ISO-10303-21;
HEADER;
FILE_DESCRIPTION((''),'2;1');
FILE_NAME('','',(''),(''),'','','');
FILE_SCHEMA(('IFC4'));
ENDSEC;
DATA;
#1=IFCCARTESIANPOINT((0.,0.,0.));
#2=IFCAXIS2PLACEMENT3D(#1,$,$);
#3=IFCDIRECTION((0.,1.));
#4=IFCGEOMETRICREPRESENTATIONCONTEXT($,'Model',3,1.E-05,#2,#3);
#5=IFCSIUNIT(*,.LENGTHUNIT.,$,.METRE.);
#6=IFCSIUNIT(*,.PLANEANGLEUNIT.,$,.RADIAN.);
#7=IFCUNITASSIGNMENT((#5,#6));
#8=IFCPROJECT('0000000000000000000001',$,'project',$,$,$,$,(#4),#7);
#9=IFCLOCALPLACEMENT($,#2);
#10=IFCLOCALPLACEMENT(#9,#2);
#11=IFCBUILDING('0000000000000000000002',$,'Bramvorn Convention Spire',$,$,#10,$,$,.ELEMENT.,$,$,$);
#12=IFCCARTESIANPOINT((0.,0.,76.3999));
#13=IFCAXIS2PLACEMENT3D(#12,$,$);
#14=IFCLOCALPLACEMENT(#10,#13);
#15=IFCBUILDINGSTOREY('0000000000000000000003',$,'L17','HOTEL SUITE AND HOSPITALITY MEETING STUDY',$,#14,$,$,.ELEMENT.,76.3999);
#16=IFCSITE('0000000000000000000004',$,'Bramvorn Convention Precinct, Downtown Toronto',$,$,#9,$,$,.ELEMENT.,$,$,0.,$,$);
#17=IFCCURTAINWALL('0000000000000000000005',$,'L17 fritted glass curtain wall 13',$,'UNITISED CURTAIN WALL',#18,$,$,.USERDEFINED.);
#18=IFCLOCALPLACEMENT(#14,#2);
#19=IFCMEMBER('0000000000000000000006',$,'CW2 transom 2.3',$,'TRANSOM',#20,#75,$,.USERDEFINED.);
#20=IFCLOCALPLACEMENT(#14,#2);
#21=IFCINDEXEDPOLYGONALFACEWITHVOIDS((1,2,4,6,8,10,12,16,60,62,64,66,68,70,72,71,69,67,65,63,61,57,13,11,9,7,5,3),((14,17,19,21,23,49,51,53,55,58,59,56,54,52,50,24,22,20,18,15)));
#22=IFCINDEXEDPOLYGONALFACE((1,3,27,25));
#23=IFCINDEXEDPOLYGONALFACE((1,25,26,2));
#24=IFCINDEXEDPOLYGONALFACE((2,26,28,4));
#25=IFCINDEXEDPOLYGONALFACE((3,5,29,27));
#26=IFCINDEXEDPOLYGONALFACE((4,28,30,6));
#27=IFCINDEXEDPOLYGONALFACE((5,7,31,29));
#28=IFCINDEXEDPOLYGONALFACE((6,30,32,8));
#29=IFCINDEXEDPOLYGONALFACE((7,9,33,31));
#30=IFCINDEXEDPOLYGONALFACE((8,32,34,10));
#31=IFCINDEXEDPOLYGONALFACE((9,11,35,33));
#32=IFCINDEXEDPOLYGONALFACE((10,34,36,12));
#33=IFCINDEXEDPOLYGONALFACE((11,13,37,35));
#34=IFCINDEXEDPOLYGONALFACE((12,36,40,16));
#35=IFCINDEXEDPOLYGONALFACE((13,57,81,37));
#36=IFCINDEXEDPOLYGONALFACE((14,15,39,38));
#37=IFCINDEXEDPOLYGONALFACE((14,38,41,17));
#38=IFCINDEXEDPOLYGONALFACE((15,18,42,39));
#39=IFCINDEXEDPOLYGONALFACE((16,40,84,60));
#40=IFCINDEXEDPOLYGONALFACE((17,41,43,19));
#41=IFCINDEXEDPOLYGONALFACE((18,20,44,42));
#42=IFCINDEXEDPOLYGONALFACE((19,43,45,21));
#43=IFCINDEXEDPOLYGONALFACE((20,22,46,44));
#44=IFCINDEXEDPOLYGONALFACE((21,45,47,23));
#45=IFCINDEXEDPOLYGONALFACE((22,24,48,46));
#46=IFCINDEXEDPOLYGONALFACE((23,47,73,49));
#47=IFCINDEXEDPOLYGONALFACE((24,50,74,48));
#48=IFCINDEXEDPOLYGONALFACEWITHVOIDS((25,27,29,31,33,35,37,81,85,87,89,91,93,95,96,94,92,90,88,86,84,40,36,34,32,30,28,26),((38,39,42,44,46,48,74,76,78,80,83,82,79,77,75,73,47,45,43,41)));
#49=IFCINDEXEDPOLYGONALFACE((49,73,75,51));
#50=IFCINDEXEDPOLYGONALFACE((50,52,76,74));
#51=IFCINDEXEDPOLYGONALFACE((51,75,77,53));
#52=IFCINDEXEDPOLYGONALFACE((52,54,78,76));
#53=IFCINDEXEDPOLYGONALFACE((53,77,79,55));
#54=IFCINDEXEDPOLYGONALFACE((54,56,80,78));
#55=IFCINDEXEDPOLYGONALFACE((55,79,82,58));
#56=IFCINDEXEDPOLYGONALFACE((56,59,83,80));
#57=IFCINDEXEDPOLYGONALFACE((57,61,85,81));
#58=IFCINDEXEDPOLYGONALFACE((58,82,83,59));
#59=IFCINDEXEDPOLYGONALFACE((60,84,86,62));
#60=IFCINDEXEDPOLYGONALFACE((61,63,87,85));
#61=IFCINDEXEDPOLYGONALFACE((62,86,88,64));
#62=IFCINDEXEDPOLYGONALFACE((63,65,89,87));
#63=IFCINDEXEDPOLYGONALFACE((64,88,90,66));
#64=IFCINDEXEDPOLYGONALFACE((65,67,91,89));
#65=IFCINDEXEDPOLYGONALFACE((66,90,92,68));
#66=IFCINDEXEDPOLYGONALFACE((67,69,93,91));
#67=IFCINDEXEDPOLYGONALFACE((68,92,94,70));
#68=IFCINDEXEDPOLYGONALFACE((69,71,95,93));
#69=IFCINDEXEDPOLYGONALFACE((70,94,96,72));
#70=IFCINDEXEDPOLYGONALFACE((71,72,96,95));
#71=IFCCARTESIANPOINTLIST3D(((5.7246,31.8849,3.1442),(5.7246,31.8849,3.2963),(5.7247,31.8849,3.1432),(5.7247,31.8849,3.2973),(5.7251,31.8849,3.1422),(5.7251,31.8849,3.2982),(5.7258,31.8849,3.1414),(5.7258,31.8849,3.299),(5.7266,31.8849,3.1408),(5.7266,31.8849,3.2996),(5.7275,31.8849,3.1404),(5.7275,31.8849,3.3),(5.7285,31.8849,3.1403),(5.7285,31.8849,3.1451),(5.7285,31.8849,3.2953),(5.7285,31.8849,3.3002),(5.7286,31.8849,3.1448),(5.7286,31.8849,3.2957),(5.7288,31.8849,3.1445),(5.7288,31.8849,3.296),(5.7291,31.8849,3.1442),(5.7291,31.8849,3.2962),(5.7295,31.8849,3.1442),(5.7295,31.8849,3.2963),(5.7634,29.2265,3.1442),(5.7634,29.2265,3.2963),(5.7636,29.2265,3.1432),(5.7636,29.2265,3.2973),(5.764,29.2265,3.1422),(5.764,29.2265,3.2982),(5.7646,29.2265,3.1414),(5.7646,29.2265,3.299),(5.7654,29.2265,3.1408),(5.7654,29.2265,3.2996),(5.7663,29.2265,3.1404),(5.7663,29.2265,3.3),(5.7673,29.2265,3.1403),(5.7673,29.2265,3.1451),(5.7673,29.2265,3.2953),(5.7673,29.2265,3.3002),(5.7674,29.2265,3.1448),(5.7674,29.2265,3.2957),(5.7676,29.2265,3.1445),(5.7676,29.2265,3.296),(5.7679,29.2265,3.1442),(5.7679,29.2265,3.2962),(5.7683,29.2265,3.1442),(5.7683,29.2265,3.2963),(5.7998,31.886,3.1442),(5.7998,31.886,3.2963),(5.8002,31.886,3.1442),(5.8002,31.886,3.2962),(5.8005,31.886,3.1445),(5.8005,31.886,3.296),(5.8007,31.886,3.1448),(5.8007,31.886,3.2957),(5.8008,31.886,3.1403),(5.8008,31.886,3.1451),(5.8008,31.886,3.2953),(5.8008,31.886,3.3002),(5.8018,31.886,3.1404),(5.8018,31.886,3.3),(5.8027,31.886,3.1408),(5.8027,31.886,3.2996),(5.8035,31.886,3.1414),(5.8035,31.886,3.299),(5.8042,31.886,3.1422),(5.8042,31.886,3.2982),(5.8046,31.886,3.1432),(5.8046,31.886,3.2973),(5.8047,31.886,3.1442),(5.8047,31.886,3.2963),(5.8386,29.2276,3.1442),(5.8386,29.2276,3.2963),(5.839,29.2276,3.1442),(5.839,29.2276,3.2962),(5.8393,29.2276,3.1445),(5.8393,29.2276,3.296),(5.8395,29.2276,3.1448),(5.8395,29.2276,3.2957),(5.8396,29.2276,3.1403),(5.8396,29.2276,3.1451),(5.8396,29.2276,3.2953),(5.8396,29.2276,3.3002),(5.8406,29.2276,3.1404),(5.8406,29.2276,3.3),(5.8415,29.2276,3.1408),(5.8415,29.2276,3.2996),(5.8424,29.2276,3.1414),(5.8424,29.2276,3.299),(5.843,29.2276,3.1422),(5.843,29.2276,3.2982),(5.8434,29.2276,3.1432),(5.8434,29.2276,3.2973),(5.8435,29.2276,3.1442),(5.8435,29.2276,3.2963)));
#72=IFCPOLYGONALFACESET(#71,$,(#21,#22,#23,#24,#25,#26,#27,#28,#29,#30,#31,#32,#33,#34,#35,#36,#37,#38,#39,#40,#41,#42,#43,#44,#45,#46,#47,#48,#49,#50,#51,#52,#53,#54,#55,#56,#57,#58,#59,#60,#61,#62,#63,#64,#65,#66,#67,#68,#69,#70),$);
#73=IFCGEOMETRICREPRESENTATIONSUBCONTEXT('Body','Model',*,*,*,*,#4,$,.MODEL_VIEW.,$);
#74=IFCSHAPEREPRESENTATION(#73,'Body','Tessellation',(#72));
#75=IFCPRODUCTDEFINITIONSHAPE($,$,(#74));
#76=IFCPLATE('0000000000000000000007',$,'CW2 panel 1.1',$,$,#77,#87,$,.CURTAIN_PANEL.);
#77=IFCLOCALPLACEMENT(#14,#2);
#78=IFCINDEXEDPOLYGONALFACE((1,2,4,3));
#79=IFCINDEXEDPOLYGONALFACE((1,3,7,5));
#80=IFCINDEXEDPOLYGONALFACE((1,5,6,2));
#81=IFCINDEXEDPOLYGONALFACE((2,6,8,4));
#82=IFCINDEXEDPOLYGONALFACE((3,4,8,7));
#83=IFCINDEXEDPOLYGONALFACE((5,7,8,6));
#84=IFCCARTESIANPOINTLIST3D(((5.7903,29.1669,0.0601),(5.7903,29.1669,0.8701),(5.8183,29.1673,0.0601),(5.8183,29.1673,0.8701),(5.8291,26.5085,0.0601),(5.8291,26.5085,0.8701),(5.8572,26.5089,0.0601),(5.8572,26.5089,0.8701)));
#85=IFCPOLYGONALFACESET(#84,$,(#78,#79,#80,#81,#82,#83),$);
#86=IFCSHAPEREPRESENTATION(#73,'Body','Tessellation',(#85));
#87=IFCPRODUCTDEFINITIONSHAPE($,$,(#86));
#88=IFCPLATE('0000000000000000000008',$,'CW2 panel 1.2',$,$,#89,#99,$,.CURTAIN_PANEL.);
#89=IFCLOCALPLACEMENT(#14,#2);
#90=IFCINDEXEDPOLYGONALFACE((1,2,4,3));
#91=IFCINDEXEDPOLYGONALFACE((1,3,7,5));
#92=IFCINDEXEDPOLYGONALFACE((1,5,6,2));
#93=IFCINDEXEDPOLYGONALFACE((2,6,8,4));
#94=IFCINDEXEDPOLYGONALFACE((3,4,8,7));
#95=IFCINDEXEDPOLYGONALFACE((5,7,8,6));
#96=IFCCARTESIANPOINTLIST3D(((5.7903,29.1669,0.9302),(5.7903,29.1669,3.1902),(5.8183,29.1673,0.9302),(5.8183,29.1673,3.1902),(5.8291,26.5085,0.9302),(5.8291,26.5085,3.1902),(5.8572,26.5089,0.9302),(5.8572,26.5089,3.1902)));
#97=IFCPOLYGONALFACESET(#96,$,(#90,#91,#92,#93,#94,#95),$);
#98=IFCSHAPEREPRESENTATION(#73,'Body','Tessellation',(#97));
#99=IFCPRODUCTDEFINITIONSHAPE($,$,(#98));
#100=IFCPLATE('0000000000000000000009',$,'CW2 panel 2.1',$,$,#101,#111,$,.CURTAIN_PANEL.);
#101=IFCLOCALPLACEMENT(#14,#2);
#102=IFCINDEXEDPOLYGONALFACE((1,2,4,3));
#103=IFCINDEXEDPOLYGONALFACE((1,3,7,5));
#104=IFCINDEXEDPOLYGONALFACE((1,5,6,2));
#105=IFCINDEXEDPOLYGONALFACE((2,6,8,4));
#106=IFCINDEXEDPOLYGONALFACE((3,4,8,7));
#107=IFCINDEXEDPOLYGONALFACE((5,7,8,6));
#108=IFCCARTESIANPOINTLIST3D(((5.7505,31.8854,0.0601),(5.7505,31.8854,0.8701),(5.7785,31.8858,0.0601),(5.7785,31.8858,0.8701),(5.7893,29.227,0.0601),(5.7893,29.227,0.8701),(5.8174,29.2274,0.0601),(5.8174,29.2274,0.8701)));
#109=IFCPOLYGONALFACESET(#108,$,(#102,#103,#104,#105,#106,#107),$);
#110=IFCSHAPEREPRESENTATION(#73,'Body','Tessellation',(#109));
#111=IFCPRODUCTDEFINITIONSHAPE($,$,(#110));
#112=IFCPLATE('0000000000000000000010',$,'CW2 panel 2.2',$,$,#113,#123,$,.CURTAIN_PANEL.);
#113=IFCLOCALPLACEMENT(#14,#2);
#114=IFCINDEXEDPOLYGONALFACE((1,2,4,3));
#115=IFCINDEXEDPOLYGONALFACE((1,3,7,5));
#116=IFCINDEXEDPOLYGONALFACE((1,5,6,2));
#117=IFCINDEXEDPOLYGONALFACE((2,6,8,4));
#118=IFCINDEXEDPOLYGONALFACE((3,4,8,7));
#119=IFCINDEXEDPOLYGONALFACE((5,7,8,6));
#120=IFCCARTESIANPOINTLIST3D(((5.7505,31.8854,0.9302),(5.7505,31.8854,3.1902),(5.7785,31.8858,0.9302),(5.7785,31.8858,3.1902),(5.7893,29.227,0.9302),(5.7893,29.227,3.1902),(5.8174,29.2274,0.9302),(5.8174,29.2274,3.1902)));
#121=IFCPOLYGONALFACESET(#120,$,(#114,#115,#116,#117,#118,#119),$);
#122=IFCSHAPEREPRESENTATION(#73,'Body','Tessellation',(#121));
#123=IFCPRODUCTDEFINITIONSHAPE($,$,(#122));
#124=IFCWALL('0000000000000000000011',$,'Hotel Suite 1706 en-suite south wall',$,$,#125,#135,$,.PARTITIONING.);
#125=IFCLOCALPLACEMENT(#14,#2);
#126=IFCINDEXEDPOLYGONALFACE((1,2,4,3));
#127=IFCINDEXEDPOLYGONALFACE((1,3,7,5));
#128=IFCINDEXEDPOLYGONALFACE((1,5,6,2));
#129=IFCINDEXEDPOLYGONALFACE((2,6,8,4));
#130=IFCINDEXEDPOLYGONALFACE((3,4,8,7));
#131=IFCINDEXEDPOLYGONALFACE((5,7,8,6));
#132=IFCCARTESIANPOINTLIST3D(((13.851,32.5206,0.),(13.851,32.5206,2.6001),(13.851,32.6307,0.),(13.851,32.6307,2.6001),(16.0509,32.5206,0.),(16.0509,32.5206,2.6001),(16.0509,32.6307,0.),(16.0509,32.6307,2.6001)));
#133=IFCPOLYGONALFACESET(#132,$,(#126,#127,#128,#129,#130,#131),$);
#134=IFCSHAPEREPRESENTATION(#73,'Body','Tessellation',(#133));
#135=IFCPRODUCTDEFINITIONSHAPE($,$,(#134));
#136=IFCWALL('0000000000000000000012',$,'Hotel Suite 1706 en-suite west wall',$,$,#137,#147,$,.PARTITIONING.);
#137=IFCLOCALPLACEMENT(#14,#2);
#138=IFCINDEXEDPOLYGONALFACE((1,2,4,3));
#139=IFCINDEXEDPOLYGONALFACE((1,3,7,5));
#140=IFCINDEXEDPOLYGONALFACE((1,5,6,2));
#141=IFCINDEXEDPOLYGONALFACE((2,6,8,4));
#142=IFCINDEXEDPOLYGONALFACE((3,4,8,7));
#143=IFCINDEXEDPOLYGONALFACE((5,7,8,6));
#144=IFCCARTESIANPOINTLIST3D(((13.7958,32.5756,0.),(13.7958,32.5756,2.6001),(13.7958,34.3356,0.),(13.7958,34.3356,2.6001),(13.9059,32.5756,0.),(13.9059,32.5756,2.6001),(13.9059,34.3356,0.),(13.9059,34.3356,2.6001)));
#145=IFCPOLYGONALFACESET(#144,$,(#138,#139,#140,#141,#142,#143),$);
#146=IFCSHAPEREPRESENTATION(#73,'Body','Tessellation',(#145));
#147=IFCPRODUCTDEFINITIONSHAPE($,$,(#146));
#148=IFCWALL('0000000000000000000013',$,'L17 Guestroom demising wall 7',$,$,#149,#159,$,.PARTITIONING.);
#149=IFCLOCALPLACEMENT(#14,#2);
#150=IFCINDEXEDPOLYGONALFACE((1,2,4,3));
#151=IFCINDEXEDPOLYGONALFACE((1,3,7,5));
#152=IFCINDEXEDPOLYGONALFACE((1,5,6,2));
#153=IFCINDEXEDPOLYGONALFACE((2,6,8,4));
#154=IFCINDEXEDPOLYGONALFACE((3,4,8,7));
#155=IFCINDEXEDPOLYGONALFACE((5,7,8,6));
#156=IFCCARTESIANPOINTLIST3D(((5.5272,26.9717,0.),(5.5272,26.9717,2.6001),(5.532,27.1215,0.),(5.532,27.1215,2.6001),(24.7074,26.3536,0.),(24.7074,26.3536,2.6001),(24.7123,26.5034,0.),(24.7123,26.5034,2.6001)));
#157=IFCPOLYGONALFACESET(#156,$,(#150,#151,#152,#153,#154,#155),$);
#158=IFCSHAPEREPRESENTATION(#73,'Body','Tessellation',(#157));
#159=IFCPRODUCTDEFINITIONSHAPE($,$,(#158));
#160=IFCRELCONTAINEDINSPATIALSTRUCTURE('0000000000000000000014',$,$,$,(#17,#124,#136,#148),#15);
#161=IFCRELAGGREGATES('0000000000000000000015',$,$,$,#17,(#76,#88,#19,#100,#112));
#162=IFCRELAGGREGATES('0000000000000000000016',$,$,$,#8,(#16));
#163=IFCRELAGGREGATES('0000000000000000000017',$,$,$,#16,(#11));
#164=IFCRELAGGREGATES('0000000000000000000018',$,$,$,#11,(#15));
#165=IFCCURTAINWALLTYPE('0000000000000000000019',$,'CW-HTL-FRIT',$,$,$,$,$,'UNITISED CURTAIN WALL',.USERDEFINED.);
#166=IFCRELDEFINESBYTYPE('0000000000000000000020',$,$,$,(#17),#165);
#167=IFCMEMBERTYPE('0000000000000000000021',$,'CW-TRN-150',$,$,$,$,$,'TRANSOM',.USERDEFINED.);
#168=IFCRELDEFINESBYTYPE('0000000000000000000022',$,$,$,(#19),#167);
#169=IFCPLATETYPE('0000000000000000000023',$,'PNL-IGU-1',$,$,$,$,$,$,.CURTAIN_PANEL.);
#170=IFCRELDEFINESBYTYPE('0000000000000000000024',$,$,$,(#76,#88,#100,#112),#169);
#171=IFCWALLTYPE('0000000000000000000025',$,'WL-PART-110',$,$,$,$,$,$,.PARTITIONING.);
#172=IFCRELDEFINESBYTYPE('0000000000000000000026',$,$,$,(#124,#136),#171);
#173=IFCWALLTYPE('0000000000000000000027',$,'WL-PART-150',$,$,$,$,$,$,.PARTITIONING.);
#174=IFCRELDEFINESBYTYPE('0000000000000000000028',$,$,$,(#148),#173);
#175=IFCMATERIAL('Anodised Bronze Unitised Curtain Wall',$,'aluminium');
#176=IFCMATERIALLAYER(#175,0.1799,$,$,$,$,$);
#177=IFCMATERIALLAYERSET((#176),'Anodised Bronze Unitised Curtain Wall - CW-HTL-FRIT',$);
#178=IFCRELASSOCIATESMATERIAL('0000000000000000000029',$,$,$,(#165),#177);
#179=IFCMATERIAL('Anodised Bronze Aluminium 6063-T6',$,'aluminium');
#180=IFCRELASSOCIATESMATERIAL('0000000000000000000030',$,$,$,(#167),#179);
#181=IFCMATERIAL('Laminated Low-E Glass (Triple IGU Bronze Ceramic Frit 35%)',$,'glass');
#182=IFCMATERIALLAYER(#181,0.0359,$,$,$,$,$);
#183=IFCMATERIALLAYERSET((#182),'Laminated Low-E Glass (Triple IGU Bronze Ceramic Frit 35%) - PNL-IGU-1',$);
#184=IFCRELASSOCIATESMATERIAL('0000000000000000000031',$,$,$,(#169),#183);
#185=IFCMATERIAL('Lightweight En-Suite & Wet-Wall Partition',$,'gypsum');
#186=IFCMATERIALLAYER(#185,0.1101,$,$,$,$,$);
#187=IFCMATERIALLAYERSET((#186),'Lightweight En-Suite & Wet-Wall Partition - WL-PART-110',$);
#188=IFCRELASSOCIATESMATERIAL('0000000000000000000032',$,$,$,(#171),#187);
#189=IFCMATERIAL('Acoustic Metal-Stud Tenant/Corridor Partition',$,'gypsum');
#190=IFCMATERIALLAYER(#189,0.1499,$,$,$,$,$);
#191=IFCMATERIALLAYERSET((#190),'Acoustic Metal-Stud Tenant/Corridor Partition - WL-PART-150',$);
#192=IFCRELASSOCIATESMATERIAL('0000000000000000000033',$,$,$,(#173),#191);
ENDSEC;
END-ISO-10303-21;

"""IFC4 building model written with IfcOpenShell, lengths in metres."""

from ifc_helpers import new_model, si_unit, direction, frame, frame_2d, origin, origin_2d, place, context, subcontext, project, spatial, rectangle, hollow_rectangle, extrude, material, layer, layer_set, material_profile, profile_set, type_object, element, aggregate, save


model = new_model("IFC4")

# Units and contexts
model_context = context("Model", 3, precision=1e-05, world=origin(), true_north=direction((0.0, 1.0)))
body_context = subcontext(model_context, "Body", "Model", "MODEL_VIEW")
ifc_project = project(units=[si_unit("LENGTHUNIT", "METRE"), si_unit("PLANEANGLEUNIT", "RADIAN")], contexts=[model_context])

# Site, building, storey
site_placement = place(None, origin())
site = spatial("IfcSite", under=ifc_project, at=site_placement, Name="Bramvorn Convention Precinct, Downtown Toronto", CompositionType="ELEMENT", RefElevation=0.0)
building_placement = place(site_placement, origin())
building = spatial("IfcBuilding", under=site, at=building_placement, Name="Bramvorn Convention Spire", CompositionType="ELEMENT")
storey_placement = place(building_placement, frame((0.0, 0.0, 76.3999)))
storey = spatial("IfcBuildingStorey", under=building, at=storey_placement, Name="L17", Description="HOTEL SUITE AND HOSPITALITY MEETING STUDY", CompositionType="ELEMENT", Elevation=76.3999)

# Shared definitions
ifc_material_1 = material(Name="Anodised Bronze Unitised Curtain Wall", Category="aluminium")
ifc_layer_1 = layer(ifc_material_1, 0.1799)
ifc_layer_set_1 = layer_set([ifc_layer_1], Name="Anodised Bronze Unitised Curtain Wall - CW-HTL-FRIT")
curtain_wall_type = type_object("IfcCurtainWallType", Name="CW-HTL-FRIT", ElementType="UNITISED CURTAIN WALL", PredefinedType="USERDEFINED", material=ifc_layer_set_1)
ifc_material_2 = material(Name="Anodised Bronze Aluminium 6063-T6", Category="aluminium")

# Curtain wall
curtain_wall_1_placement = place(storey_placement, origin())
curtain_wall_1 = element("IfcCurtainWall", 1, at=curtain_wall_1_placement, inside=storey, type_object=curtain_wall_type, Name="L17 fritted glass curtain wall 13", ObjectType="UNITISED CURTAIN WALL", PredefinedType="USERDEFINED")

# Member
ifc_material_profile_1 = material_profile(ifc_material_2, hollow_rectangle(XDim=0.0801, YDim=0.1599, WallThickness=0.0039, InnerFilletRadius=0.001, OuterFilletRadius=0.0039, at=origin_2d()))
ifc_profile_set_1 = profile_set([ifc_material_profile_1], Name="Anodised Bronze Aluminium 6063-T6 - CWT80X160")
member_type_1 = type_object("IfcMemberType", Name="CW-TRN-150", ElementType="TRANSOM", PredefinedType="USERDEFINED", material=ifc_profile_set_1)
member_1_placement = place(storey_placement, frame((5.8035, 29.2271, 3.2202), z_axis=(-0.0146, 0.999893, 0.0), x_axis=(-0.999893, -0.0146, 0.0)))
member_1 = element("IfcMember", 2, at=member_1_placement, type_object=member_type_1, Name="CW2 transom 2.3", ObjectType="TRANSOM", PredefinedType="USERDEFINED", context=body_context, shape_type="SweptSolid", body=[
    extrude(hollow_rectangle(XDim=0.0801, YDim=0.1599, WallThickness=0.0039, InnerFilletRadius=0.001, OuterFilletRadius=0.0039, at=origin_2d()), origin(), (0.0, 0.0, 1.0), 2.6587),
])

# Plates
ifc_material_3 = material(Name="Laminated Low-E Glass (Triple IGU Bronze Ceramic Frit 35%)", Category="glass")
ifc_layer_2 = layer(ifc_material_3, 0.0359)
ifc_layer_set_2 = layer_set([ifc_layer_2], Name="Laminated Low-E Glass (Triple IGU Bronze Ceramic Frit 35%) - PNL-IGU-1")
plate_type = type_object("IfcPlateType", Name="PNL-IGU-1", PredefinedType="CURTAIN_PANEL", material=ifc_layer_set_2)
plate_1_placement = place(storey_placement, frame((5.8237, 27.8379, 0.0601), z_axis=(0.0, 0.0, 1.0), x_axis=(-0.014625, 0.999893, 0.0)))
plate_1 = element("IfcPlate", 3, at=plate_1_placement, type_object=plate_type, Name="CW2 panel 1.1", PredefinedType="CURTAIN_PANEL", context=body_context, shape_type="SweptSolid", body=[
    extrude(rectangle(XDim=2.6587, YDim=0.0281, at=origin_2d()), origin(), (0.0, 0.0, 1.0), 0.8101),
])
plate_2_placement = place(storey_placement, frame((5.8237, 27.8379, 0.9302), z_axis=(0.0, 0.0, 1.0), x_axis=(-0.014625, 0.999893, 0.0)))
plate_2 = element("IfcPlate", 4, at=plate_2_placement, type_object=plate_type, Name="CW2 panel 1.2", PredefinedType="CURTAIN_PANEL", context=body_context, shape_type="SweptSolid", body=[
    extrude(rectangle(XDim=2.6587, YDim=0.0281, at=origin_2d()), origin(), (0.0, 0.0, 1.0), 2.26),
])
plate_3_placement = place(storey_placement, frame((5.7839, 30.5564, 0.0601), z_axis=(0.0, 0.0, 1.0), x_axis=(-0.014625, 0.999893, 0.0)))
plate_3 = element("IfcPlate", 5, at=plate_3_placement, type_object=plate_type, Name="CW2 panel 2.1", PredefinedType="CURTAIN_PANEL", context=body_context, shape_type="SweptSolid", body=[
    extrude(rectangle(XDim=2.6587, YDim=0.0281, at=origin_2d()), origin(), (0.0, 0.0, 1.0), 0.8101),
])
plate_4_placement = place(storey_placement, frame((5.7839, 30.5564, 0.9302), z_axis=(0.0, 0.0, 1.0), x_axis=(-0.014625, 0.999893, 0.0)))
plate_4 = element("IfcPlate", 6, at=plate_4_placement, type_object=plate_type, Name="CW2 panel 2.2", PredefinedType="CURTAIN_PANEL", context=body_context, shape_type="SweptSolid", body=[
    extrude(rectangle(XDim=2.6587, YDim=0.0281, at=origin_2d()), origin(), (0.0, 0.0, 1.0), 2.26),
])
aggregate(curtain_wall_1, [plate_1, plate_2, member_1, plate_3, plate_4])

# Walls
ifc_material_4 = material(Name="Lightweight En-Suite & Wet-Wall Partition", Category="gypsum")
ifc_layer_3 = layer(ifc_material_4, 0.1101)
ifc_layer_set_3 = layer_set([ifc_layer_3], Name="Lightweight En-Suite & Wet-Wall Partition - WL-PART-110")
wall_type_1 = type_object("IfcWallType", Name="WL-PART-110", PredefinedType="PARTITIONING", material=ifc_layer_set_3)
wall_1_placement = place(storey_placement, frame((13.8508, 32.5757, 0.0), z_axis=(0.0, 0.0, 1.0), x_axis=(1.0, 0.0, 0.0)))
element("IfcWall", 7, at=wall_1_placement, inside=storey, type_object=wall_type_1, Name="Hotel Suite 1706 en-suite south wall", PredefinedType="PARTITIONING", context=body_context, shape_type="SweptSolid", body=[
    extrude(rectangle(XDim=2.2, YDim=0.1101, at=frame_2d((1.1001, 0.0))), origin(), (0.0, 0.0, 1.0), 2.6001),
])
wall_2_placement = place(storey_placement, frame((13.8508, 32.5757, 0.0), z_axis=(0.0, 0.0, 1.0), x_axis=(0.0, 1.0, 0.0)))
element("IfcWall", 8, at=wall_2_placement, inside=storey, type_object=wall_type_1, Name="Hotel Suite 1706 en-suite west wall", PredefinedType="PARTITIONING", context=body_context, shape_type="SweptSolid", body=[
    extrude(rectangle(XDim=1.76, YDim=0.1101, at=frame_2d((0.8799, 0.0))), origin(), (0.0, 0.0, 1.0), 2.6001),
])
ifc_material_5 = material(Name="Acoustic Metal-Stud Tenant/Corridor Partition", Category="gypsum")
ifc_layer_4 = layer(ifc_material_5, 0.1499)
ifc_layer_set_4 = layer_set([ifc_layer_4], Name="Acoustic Metal-Stud Tenant/Corridor Partition - WL-PART-150")
wall_type_2 = type_object("IfcWallType", Name="WL-PART-150", PredefinedType="PARTITIONING", material=ifc_layer_set_4)
wall_3_placement = place(storey_placement, frame((24.71, 26.4285, 0.0), z_axis=(0.0, 0.0, 1.0), x_axis=(-0.999481, 0.032213, 0.0)))
element("IfcWall", 9, at=wall_3_placement, inside=storey, type_object=wall_type_2, Name="L17 Guestroom demising wall 7", PredefinedType="PARTITIONING", context=body_context, shape_type="SweptSolid", body=[
    extrude(rectangle(XDim=19.1902, YDim=0.1499, at=frame_2d((9.5952, 0.0))), origin(), (0.0, 0.0, 1.0), 2.6001),
])

save(model, "model.ifc")
